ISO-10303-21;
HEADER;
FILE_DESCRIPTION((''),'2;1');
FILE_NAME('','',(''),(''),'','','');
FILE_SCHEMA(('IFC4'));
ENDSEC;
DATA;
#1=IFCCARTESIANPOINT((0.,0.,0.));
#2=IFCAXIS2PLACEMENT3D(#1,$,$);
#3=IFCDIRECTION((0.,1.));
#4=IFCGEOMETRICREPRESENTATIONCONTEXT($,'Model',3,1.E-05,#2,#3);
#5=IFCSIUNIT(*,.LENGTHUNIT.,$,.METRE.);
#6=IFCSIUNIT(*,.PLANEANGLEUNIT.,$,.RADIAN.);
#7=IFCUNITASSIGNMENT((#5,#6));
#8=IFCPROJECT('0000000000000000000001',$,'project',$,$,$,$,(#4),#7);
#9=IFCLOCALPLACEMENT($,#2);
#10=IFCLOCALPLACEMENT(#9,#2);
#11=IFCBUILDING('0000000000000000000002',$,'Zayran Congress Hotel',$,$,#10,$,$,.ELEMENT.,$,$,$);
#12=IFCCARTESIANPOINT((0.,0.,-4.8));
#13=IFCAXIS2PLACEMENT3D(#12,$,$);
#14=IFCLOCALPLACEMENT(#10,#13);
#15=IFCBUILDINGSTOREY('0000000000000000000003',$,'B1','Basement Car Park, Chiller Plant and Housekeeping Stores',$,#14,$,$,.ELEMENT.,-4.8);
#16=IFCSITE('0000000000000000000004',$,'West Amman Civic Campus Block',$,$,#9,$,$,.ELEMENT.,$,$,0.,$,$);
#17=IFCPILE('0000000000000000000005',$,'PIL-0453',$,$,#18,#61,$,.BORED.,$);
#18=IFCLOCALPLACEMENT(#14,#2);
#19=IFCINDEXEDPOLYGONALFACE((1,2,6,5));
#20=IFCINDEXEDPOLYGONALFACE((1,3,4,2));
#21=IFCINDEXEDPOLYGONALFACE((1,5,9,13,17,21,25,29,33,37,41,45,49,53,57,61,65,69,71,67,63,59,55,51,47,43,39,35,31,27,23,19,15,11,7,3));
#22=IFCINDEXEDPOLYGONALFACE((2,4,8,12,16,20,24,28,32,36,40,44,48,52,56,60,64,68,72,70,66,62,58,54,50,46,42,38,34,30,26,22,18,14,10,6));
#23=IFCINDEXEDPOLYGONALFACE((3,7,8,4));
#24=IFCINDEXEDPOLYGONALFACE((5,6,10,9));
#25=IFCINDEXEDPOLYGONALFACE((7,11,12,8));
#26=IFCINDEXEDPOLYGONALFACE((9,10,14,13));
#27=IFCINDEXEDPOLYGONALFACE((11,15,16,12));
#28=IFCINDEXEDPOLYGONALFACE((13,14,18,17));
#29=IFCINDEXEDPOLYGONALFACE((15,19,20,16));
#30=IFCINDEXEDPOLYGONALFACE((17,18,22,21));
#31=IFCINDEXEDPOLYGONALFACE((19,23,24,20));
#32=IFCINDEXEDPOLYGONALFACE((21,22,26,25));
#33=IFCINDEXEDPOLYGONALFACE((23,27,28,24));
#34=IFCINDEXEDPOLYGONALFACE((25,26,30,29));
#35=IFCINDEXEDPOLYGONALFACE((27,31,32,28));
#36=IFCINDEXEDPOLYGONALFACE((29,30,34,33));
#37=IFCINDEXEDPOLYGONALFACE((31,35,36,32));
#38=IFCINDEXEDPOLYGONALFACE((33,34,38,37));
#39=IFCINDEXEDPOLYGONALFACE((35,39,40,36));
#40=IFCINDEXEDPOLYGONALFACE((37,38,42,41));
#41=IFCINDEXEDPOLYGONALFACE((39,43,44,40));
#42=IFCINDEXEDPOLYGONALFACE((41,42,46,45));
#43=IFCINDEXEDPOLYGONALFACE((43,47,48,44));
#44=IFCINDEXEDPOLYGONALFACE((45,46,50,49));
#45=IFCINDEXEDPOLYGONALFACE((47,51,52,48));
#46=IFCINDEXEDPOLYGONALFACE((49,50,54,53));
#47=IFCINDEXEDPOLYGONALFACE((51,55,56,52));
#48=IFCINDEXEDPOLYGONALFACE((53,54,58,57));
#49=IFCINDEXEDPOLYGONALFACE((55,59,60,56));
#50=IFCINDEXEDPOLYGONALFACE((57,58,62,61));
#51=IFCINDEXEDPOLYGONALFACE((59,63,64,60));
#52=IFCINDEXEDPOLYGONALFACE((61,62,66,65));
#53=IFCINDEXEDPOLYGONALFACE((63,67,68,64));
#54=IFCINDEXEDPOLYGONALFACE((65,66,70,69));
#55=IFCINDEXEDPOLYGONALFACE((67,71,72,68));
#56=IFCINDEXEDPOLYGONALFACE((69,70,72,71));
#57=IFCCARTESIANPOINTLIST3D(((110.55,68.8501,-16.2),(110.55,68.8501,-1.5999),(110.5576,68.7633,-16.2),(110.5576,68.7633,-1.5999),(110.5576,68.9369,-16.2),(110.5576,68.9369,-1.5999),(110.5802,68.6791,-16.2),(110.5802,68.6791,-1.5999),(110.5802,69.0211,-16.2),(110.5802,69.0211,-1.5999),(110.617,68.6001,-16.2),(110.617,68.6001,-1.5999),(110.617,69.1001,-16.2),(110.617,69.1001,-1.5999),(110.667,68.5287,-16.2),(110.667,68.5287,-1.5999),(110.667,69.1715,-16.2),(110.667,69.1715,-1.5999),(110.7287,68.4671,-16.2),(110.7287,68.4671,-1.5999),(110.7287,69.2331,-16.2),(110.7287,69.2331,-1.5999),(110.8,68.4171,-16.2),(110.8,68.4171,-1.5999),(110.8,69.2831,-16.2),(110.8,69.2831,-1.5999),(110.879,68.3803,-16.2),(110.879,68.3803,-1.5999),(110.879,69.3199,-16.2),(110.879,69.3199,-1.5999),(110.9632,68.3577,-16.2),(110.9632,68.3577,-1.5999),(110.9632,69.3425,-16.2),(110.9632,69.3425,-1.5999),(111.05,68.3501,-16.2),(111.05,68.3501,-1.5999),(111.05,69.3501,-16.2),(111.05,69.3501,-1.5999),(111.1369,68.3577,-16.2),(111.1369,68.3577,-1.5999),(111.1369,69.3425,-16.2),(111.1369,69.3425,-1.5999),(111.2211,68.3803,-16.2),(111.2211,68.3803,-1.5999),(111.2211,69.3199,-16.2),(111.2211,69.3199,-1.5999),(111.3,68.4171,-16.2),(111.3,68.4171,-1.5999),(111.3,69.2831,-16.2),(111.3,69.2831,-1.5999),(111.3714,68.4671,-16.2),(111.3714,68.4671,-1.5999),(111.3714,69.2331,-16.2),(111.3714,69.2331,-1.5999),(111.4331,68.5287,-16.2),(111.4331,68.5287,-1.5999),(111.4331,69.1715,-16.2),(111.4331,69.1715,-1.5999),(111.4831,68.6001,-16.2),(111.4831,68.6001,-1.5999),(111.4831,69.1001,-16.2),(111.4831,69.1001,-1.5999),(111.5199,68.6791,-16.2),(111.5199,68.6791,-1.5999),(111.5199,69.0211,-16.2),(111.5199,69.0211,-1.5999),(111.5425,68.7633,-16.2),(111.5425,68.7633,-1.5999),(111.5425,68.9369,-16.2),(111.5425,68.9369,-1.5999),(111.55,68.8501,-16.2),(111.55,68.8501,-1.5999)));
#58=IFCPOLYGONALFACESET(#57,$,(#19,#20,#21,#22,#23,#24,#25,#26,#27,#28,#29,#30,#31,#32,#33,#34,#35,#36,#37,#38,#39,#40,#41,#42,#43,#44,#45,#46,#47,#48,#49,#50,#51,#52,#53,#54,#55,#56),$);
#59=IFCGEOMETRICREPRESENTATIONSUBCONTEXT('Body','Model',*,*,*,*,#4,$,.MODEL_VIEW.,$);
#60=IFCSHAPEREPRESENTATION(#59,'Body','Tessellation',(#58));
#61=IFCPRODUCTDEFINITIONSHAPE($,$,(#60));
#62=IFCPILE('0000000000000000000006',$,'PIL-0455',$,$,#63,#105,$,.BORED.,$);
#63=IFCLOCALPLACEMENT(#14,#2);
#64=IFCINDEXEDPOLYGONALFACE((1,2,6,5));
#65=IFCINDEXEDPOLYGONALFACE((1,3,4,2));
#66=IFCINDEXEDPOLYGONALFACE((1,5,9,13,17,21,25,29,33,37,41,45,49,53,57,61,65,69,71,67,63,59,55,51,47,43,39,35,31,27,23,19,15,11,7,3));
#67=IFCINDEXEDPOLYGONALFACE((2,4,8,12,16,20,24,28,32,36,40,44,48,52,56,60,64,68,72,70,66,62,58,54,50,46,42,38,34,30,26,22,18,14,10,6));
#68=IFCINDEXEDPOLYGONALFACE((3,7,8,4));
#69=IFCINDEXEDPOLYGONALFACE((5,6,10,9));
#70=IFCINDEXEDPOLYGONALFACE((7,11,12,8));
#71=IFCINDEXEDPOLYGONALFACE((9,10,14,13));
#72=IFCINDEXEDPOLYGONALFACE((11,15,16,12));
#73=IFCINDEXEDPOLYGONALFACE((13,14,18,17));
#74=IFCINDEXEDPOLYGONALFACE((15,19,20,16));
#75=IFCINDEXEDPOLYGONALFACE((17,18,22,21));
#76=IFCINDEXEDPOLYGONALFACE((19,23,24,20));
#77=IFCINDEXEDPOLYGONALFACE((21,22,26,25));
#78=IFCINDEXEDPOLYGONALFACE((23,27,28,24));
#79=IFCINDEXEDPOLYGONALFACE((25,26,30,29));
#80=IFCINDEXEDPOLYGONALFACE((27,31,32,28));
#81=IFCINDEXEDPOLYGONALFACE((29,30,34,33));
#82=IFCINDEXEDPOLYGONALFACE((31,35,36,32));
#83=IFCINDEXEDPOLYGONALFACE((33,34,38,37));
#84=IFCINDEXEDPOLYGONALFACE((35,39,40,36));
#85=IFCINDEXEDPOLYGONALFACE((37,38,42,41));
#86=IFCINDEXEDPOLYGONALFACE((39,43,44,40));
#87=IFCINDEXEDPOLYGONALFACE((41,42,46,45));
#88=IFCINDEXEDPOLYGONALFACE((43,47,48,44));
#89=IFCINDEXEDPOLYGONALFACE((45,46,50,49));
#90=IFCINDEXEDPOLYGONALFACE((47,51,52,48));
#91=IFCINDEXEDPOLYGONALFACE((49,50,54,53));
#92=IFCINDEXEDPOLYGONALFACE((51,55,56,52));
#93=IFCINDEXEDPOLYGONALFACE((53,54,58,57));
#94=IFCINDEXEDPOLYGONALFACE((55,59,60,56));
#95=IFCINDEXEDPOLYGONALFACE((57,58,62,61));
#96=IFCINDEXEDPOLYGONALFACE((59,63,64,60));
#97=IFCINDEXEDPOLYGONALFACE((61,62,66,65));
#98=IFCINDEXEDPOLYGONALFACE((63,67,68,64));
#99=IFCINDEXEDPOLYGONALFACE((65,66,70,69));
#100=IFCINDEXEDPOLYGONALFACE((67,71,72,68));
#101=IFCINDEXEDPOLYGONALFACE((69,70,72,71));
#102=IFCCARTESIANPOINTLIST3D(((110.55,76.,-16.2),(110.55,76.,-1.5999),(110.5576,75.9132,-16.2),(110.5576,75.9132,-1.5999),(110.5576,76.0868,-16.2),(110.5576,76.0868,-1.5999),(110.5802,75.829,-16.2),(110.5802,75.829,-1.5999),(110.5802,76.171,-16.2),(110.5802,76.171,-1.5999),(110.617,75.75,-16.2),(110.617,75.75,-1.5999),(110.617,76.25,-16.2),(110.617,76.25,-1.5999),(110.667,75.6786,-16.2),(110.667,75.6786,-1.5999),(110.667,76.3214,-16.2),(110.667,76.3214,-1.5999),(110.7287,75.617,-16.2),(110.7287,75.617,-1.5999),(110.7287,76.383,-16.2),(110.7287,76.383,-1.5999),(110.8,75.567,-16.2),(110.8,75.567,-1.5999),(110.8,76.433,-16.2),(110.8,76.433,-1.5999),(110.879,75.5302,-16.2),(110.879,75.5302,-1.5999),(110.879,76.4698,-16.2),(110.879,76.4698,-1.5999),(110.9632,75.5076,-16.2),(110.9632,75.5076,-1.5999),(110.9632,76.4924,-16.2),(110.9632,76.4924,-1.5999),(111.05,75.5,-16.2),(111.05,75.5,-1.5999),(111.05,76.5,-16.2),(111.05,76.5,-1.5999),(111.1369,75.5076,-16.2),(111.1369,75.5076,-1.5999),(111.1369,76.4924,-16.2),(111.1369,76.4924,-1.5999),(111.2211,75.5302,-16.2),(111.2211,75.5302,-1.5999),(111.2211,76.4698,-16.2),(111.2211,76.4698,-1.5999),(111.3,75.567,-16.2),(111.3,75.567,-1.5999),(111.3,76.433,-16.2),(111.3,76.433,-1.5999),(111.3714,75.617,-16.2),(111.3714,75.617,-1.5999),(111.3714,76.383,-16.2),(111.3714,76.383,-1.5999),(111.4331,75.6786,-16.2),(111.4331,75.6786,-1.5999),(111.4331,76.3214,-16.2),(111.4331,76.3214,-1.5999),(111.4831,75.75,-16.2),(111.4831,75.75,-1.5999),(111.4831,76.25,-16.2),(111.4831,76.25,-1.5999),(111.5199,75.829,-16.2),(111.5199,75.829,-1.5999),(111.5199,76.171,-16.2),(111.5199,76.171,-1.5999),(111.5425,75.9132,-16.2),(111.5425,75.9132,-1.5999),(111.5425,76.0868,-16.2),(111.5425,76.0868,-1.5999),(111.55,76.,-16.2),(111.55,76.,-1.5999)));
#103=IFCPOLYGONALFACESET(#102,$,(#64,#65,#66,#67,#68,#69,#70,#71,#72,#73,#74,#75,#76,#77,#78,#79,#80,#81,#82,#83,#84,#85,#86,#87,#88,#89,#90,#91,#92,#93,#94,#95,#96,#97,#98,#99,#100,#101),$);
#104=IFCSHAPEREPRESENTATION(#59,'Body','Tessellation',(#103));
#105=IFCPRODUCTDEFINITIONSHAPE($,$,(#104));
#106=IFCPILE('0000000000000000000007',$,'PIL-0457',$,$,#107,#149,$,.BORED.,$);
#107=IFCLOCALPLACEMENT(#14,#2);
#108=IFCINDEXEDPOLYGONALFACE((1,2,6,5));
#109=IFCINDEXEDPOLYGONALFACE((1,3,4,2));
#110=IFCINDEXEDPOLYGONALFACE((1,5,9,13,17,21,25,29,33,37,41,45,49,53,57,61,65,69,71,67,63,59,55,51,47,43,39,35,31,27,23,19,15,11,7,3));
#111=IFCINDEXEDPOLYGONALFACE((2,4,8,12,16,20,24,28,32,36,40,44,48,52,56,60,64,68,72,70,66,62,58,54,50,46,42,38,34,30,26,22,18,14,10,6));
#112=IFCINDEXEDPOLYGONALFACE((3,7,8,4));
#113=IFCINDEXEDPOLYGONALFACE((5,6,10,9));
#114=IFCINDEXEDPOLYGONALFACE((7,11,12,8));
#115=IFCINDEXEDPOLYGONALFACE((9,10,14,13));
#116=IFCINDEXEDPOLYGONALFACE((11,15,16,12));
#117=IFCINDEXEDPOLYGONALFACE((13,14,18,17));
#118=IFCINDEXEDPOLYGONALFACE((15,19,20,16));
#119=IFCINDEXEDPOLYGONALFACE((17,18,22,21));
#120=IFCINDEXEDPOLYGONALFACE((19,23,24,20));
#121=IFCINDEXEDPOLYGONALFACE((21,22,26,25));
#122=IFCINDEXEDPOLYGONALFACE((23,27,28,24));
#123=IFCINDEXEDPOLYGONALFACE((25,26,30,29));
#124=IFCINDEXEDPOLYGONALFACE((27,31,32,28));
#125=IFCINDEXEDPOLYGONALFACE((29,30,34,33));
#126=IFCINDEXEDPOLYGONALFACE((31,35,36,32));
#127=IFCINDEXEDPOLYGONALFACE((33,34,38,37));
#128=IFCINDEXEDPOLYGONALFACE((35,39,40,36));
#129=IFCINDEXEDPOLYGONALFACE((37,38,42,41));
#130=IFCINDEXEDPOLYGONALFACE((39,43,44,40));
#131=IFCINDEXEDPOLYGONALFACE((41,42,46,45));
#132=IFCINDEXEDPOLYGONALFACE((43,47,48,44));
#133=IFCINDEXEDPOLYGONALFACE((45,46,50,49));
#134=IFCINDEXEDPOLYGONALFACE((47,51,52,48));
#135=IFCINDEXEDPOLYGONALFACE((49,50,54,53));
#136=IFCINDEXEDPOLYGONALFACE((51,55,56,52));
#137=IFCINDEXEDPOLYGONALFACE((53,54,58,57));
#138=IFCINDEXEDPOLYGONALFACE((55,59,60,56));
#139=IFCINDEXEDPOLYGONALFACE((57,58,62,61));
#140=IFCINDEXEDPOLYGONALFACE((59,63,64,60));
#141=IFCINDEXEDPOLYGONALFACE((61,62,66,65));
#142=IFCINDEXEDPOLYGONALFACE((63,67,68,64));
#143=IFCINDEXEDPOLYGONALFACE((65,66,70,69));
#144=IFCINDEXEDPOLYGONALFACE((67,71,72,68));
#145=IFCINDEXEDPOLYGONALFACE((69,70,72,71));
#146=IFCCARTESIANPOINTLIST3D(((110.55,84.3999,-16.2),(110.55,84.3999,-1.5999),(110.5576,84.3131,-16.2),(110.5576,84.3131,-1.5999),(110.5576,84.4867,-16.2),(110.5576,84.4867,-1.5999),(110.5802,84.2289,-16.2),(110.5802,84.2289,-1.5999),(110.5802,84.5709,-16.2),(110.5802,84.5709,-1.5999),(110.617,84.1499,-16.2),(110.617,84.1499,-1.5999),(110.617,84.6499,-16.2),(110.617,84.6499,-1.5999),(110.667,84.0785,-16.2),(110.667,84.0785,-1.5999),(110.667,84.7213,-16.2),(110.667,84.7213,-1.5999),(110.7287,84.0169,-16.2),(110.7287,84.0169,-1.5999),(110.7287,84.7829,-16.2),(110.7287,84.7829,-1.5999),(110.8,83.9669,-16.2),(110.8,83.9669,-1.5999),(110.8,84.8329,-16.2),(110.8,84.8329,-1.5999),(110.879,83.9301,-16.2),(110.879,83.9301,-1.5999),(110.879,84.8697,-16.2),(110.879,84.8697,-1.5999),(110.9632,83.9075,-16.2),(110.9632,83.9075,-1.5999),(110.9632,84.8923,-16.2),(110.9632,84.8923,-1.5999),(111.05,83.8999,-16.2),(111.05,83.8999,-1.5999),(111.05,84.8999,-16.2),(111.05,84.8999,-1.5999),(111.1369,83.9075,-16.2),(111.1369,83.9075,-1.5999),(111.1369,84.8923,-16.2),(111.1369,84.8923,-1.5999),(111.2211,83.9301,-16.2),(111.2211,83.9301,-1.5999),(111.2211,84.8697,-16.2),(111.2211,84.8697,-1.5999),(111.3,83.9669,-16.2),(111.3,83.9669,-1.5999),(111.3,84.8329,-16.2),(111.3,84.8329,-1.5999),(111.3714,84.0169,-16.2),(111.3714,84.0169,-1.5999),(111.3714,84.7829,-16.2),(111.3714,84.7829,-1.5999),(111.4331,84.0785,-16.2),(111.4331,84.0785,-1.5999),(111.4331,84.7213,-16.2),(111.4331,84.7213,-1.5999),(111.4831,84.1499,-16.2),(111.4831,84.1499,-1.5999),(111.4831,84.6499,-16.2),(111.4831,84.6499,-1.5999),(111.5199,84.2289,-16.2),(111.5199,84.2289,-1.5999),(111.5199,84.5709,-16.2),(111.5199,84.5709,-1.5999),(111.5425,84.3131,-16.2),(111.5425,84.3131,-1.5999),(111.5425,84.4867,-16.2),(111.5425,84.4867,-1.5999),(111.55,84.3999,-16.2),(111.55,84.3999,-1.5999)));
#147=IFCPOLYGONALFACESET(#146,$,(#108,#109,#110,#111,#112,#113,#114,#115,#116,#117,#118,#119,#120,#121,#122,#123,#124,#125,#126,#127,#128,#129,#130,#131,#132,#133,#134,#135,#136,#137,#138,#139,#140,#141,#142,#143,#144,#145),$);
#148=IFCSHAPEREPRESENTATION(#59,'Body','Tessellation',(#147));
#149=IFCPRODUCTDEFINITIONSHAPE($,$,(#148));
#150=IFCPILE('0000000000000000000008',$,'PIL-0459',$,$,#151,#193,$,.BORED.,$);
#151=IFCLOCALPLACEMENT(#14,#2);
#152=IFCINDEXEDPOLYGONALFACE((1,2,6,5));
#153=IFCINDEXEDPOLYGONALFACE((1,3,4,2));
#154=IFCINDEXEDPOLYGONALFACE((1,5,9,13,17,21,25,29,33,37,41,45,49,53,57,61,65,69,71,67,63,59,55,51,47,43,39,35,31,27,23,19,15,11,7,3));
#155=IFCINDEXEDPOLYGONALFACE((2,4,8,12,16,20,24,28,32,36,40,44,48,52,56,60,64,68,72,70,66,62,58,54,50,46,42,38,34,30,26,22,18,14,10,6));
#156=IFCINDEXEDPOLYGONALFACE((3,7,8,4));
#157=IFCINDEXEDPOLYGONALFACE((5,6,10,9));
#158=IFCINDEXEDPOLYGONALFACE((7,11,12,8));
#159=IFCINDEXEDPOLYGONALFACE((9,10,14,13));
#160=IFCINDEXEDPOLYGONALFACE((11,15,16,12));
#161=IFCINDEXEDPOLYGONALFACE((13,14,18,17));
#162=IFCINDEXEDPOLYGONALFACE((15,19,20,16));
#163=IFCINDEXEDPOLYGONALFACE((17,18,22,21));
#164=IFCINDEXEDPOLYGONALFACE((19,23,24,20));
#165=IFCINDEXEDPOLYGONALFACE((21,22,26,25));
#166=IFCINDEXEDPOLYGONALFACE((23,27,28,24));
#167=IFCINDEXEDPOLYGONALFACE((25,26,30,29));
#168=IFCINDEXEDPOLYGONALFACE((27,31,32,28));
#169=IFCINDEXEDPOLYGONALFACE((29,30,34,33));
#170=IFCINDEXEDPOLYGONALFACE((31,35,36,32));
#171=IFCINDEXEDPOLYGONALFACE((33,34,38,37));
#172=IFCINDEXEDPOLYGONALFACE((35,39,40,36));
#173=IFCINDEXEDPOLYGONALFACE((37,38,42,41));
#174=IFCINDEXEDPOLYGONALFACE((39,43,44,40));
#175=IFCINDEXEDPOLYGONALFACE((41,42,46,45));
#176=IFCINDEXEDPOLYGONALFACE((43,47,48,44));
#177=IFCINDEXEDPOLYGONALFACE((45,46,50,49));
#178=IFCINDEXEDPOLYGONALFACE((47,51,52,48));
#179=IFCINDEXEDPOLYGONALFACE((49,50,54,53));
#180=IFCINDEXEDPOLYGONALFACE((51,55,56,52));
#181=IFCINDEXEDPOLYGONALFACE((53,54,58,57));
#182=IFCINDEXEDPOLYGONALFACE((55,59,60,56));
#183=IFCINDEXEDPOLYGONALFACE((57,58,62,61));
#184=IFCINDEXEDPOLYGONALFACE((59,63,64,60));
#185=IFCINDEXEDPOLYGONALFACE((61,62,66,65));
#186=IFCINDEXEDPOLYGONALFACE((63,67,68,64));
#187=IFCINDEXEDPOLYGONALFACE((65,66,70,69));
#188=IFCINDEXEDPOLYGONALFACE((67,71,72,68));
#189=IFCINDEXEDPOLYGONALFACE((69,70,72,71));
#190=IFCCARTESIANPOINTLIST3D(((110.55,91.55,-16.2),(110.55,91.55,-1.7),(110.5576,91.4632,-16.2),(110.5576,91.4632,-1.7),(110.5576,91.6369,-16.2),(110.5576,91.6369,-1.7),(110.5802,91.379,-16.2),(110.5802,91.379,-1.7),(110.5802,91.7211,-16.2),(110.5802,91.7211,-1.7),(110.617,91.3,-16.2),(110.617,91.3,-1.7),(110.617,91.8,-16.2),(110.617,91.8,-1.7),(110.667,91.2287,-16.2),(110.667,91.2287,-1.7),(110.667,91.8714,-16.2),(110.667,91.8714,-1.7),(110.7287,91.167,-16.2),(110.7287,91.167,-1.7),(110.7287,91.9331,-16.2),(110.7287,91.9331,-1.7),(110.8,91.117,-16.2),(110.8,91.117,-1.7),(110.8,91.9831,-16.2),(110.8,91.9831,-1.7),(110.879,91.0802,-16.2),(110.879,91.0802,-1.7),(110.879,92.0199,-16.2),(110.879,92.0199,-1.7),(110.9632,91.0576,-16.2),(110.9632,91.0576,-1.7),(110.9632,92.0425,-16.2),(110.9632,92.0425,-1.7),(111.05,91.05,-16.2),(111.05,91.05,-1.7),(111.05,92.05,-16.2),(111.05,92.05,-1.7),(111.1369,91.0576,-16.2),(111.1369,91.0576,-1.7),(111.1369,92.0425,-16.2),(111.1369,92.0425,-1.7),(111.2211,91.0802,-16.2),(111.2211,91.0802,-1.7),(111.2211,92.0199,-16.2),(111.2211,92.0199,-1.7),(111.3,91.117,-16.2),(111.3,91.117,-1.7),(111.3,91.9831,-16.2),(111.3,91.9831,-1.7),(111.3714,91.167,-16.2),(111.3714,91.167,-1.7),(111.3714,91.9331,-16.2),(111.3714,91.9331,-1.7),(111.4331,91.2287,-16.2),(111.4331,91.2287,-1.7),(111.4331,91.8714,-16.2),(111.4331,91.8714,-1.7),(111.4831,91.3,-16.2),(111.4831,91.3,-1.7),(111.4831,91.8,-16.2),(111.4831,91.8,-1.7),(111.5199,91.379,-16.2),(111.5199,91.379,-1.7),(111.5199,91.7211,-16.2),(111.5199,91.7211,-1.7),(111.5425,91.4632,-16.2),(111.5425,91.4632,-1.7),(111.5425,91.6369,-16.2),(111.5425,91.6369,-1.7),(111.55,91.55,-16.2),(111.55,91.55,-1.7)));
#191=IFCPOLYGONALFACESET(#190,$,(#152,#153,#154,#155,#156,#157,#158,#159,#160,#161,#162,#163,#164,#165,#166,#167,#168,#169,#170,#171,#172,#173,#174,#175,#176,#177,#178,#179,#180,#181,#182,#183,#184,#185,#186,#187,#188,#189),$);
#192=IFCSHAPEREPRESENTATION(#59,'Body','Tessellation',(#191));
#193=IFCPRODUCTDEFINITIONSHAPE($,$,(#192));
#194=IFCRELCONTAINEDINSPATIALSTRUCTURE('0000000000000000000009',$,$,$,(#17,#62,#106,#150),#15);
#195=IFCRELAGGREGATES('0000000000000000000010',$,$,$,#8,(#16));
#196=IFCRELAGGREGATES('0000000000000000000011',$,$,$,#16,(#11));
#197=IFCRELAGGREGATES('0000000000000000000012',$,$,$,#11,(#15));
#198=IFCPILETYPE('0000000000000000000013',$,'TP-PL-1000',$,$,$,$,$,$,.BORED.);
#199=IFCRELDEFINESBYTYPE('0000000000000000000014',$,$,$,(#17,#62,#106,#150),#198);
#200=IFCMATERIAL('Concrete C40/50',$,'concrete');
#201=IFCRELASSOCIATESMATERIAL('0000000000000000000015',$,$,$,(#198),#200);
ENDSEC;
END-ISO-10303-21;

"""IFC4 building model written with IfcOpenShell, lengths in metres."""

from ifc_helpers import new_model, si_unit, direction, frame, origin, origin_2d, place, context, subcontext, project, spatial, circle, extrude, material, material_profile, profile_set, type_object, element, save


model = new_model("IFC4")

# Units and contexts
model_context = context("Model", 3, precision=1e-05, world=origin(), true_north=direction((0.0, 1.0)))
body_context = subcontext(model_context, "Body", "Model", "MODEL_VIEW")
ifc_project = project(units=[si_unit("LENGTHUNIT", "METRE"), si_unit("PLANEANGLEUNIT", "RADIAN")], contexts=[model_context])

# Site, building, storey
site_placement = place(None, origin())
site = spatial("IfcSite", under=ifc_project, at=site_placement, Name="West Amman Civic Campus Block", CompositionType="ELEMENT", RefElevation=0.0)
building_placement = place(site_placement, origin())
building = spatial("IfcBuilding", under=site, at=building_placement, Name="Zayran Congress Hotel", CompositionType="ELEMENT")
storey_placement = place(building_placement, frame((0.0, 0.0, -4.8)))
storey = spatial("IfcBuildingStorey", under=building, at=storey_placement, Name="B1", Description="Basement Car Park, Chiller Plant and Housekeeping Stores", CompositionType="ELEMENT", Elevation=-4.8)

# Piles
ifc_material_1 = material(Name="Concrete C40/50", Category="concrete")
ifc_material_profile_1 = material_profile(ifc_material_1, circle(Radius=0.5, at=origin_2d()), Name="PILE D1000")
ifc_profile_set_1 = profile_set([ifc_material_profile_1], Name="Concrete C40/50")
pile_type = type_object("IfcPileType", Name="TP-PL-1000", PredefinedType="BORED", material=ifc_profile_set_1)
for number, where, z_axis, x_axis, name in (
    (1, (111.05, 68.8501, -1.5999), (0.0, 0.0, -1.0), (1.0, 0.0, 0.0), "PIL-0453"),
    (2, (111.05, 76.0, -1.5999), (0.0, 0.0, -1.0), (1.0, 0.0, 0.0), "PIL-0455"),
    (3, (111.05, 84.3999, -1.5999), (0.0, 0.0, -1.0), (1.0, 0.0, 0.0), "PIL-0457"),
):
    element("IfcPile", number, at=place(storey_placement, frame(where, z_axis=z_axis, x_axis=x_axis)), inside=storey, type_object=pile_type, Name=name, PredefinedType="BORED", context=body_context, shape_type="SweptSolid", body=[
        extrude(circle(Radius=0.5, at=origin_2d()), origin(), (0.0, 0.0, 1.0), 14.6001),
    ])
pile_placement = place(storey_placement, frame((111.05, 91.55, -1.7), z_axis=(0.0, 0.0, -1.0), x_axis=(1.0, 0.0, 0.0)))
element("IfcPile", 4, at=pile_placement, inside=storey, type_object=pile_type, Name="PIL-0459", PredefinedType="BORED", context=body_context, shape_type="SweptSolid", body=[
    extrude(circle(Radius=0.5, at=origin_2d()), origin(), (0.0, 0.0, 1.0), 14.5),
])

save(model, "model.ifc")
